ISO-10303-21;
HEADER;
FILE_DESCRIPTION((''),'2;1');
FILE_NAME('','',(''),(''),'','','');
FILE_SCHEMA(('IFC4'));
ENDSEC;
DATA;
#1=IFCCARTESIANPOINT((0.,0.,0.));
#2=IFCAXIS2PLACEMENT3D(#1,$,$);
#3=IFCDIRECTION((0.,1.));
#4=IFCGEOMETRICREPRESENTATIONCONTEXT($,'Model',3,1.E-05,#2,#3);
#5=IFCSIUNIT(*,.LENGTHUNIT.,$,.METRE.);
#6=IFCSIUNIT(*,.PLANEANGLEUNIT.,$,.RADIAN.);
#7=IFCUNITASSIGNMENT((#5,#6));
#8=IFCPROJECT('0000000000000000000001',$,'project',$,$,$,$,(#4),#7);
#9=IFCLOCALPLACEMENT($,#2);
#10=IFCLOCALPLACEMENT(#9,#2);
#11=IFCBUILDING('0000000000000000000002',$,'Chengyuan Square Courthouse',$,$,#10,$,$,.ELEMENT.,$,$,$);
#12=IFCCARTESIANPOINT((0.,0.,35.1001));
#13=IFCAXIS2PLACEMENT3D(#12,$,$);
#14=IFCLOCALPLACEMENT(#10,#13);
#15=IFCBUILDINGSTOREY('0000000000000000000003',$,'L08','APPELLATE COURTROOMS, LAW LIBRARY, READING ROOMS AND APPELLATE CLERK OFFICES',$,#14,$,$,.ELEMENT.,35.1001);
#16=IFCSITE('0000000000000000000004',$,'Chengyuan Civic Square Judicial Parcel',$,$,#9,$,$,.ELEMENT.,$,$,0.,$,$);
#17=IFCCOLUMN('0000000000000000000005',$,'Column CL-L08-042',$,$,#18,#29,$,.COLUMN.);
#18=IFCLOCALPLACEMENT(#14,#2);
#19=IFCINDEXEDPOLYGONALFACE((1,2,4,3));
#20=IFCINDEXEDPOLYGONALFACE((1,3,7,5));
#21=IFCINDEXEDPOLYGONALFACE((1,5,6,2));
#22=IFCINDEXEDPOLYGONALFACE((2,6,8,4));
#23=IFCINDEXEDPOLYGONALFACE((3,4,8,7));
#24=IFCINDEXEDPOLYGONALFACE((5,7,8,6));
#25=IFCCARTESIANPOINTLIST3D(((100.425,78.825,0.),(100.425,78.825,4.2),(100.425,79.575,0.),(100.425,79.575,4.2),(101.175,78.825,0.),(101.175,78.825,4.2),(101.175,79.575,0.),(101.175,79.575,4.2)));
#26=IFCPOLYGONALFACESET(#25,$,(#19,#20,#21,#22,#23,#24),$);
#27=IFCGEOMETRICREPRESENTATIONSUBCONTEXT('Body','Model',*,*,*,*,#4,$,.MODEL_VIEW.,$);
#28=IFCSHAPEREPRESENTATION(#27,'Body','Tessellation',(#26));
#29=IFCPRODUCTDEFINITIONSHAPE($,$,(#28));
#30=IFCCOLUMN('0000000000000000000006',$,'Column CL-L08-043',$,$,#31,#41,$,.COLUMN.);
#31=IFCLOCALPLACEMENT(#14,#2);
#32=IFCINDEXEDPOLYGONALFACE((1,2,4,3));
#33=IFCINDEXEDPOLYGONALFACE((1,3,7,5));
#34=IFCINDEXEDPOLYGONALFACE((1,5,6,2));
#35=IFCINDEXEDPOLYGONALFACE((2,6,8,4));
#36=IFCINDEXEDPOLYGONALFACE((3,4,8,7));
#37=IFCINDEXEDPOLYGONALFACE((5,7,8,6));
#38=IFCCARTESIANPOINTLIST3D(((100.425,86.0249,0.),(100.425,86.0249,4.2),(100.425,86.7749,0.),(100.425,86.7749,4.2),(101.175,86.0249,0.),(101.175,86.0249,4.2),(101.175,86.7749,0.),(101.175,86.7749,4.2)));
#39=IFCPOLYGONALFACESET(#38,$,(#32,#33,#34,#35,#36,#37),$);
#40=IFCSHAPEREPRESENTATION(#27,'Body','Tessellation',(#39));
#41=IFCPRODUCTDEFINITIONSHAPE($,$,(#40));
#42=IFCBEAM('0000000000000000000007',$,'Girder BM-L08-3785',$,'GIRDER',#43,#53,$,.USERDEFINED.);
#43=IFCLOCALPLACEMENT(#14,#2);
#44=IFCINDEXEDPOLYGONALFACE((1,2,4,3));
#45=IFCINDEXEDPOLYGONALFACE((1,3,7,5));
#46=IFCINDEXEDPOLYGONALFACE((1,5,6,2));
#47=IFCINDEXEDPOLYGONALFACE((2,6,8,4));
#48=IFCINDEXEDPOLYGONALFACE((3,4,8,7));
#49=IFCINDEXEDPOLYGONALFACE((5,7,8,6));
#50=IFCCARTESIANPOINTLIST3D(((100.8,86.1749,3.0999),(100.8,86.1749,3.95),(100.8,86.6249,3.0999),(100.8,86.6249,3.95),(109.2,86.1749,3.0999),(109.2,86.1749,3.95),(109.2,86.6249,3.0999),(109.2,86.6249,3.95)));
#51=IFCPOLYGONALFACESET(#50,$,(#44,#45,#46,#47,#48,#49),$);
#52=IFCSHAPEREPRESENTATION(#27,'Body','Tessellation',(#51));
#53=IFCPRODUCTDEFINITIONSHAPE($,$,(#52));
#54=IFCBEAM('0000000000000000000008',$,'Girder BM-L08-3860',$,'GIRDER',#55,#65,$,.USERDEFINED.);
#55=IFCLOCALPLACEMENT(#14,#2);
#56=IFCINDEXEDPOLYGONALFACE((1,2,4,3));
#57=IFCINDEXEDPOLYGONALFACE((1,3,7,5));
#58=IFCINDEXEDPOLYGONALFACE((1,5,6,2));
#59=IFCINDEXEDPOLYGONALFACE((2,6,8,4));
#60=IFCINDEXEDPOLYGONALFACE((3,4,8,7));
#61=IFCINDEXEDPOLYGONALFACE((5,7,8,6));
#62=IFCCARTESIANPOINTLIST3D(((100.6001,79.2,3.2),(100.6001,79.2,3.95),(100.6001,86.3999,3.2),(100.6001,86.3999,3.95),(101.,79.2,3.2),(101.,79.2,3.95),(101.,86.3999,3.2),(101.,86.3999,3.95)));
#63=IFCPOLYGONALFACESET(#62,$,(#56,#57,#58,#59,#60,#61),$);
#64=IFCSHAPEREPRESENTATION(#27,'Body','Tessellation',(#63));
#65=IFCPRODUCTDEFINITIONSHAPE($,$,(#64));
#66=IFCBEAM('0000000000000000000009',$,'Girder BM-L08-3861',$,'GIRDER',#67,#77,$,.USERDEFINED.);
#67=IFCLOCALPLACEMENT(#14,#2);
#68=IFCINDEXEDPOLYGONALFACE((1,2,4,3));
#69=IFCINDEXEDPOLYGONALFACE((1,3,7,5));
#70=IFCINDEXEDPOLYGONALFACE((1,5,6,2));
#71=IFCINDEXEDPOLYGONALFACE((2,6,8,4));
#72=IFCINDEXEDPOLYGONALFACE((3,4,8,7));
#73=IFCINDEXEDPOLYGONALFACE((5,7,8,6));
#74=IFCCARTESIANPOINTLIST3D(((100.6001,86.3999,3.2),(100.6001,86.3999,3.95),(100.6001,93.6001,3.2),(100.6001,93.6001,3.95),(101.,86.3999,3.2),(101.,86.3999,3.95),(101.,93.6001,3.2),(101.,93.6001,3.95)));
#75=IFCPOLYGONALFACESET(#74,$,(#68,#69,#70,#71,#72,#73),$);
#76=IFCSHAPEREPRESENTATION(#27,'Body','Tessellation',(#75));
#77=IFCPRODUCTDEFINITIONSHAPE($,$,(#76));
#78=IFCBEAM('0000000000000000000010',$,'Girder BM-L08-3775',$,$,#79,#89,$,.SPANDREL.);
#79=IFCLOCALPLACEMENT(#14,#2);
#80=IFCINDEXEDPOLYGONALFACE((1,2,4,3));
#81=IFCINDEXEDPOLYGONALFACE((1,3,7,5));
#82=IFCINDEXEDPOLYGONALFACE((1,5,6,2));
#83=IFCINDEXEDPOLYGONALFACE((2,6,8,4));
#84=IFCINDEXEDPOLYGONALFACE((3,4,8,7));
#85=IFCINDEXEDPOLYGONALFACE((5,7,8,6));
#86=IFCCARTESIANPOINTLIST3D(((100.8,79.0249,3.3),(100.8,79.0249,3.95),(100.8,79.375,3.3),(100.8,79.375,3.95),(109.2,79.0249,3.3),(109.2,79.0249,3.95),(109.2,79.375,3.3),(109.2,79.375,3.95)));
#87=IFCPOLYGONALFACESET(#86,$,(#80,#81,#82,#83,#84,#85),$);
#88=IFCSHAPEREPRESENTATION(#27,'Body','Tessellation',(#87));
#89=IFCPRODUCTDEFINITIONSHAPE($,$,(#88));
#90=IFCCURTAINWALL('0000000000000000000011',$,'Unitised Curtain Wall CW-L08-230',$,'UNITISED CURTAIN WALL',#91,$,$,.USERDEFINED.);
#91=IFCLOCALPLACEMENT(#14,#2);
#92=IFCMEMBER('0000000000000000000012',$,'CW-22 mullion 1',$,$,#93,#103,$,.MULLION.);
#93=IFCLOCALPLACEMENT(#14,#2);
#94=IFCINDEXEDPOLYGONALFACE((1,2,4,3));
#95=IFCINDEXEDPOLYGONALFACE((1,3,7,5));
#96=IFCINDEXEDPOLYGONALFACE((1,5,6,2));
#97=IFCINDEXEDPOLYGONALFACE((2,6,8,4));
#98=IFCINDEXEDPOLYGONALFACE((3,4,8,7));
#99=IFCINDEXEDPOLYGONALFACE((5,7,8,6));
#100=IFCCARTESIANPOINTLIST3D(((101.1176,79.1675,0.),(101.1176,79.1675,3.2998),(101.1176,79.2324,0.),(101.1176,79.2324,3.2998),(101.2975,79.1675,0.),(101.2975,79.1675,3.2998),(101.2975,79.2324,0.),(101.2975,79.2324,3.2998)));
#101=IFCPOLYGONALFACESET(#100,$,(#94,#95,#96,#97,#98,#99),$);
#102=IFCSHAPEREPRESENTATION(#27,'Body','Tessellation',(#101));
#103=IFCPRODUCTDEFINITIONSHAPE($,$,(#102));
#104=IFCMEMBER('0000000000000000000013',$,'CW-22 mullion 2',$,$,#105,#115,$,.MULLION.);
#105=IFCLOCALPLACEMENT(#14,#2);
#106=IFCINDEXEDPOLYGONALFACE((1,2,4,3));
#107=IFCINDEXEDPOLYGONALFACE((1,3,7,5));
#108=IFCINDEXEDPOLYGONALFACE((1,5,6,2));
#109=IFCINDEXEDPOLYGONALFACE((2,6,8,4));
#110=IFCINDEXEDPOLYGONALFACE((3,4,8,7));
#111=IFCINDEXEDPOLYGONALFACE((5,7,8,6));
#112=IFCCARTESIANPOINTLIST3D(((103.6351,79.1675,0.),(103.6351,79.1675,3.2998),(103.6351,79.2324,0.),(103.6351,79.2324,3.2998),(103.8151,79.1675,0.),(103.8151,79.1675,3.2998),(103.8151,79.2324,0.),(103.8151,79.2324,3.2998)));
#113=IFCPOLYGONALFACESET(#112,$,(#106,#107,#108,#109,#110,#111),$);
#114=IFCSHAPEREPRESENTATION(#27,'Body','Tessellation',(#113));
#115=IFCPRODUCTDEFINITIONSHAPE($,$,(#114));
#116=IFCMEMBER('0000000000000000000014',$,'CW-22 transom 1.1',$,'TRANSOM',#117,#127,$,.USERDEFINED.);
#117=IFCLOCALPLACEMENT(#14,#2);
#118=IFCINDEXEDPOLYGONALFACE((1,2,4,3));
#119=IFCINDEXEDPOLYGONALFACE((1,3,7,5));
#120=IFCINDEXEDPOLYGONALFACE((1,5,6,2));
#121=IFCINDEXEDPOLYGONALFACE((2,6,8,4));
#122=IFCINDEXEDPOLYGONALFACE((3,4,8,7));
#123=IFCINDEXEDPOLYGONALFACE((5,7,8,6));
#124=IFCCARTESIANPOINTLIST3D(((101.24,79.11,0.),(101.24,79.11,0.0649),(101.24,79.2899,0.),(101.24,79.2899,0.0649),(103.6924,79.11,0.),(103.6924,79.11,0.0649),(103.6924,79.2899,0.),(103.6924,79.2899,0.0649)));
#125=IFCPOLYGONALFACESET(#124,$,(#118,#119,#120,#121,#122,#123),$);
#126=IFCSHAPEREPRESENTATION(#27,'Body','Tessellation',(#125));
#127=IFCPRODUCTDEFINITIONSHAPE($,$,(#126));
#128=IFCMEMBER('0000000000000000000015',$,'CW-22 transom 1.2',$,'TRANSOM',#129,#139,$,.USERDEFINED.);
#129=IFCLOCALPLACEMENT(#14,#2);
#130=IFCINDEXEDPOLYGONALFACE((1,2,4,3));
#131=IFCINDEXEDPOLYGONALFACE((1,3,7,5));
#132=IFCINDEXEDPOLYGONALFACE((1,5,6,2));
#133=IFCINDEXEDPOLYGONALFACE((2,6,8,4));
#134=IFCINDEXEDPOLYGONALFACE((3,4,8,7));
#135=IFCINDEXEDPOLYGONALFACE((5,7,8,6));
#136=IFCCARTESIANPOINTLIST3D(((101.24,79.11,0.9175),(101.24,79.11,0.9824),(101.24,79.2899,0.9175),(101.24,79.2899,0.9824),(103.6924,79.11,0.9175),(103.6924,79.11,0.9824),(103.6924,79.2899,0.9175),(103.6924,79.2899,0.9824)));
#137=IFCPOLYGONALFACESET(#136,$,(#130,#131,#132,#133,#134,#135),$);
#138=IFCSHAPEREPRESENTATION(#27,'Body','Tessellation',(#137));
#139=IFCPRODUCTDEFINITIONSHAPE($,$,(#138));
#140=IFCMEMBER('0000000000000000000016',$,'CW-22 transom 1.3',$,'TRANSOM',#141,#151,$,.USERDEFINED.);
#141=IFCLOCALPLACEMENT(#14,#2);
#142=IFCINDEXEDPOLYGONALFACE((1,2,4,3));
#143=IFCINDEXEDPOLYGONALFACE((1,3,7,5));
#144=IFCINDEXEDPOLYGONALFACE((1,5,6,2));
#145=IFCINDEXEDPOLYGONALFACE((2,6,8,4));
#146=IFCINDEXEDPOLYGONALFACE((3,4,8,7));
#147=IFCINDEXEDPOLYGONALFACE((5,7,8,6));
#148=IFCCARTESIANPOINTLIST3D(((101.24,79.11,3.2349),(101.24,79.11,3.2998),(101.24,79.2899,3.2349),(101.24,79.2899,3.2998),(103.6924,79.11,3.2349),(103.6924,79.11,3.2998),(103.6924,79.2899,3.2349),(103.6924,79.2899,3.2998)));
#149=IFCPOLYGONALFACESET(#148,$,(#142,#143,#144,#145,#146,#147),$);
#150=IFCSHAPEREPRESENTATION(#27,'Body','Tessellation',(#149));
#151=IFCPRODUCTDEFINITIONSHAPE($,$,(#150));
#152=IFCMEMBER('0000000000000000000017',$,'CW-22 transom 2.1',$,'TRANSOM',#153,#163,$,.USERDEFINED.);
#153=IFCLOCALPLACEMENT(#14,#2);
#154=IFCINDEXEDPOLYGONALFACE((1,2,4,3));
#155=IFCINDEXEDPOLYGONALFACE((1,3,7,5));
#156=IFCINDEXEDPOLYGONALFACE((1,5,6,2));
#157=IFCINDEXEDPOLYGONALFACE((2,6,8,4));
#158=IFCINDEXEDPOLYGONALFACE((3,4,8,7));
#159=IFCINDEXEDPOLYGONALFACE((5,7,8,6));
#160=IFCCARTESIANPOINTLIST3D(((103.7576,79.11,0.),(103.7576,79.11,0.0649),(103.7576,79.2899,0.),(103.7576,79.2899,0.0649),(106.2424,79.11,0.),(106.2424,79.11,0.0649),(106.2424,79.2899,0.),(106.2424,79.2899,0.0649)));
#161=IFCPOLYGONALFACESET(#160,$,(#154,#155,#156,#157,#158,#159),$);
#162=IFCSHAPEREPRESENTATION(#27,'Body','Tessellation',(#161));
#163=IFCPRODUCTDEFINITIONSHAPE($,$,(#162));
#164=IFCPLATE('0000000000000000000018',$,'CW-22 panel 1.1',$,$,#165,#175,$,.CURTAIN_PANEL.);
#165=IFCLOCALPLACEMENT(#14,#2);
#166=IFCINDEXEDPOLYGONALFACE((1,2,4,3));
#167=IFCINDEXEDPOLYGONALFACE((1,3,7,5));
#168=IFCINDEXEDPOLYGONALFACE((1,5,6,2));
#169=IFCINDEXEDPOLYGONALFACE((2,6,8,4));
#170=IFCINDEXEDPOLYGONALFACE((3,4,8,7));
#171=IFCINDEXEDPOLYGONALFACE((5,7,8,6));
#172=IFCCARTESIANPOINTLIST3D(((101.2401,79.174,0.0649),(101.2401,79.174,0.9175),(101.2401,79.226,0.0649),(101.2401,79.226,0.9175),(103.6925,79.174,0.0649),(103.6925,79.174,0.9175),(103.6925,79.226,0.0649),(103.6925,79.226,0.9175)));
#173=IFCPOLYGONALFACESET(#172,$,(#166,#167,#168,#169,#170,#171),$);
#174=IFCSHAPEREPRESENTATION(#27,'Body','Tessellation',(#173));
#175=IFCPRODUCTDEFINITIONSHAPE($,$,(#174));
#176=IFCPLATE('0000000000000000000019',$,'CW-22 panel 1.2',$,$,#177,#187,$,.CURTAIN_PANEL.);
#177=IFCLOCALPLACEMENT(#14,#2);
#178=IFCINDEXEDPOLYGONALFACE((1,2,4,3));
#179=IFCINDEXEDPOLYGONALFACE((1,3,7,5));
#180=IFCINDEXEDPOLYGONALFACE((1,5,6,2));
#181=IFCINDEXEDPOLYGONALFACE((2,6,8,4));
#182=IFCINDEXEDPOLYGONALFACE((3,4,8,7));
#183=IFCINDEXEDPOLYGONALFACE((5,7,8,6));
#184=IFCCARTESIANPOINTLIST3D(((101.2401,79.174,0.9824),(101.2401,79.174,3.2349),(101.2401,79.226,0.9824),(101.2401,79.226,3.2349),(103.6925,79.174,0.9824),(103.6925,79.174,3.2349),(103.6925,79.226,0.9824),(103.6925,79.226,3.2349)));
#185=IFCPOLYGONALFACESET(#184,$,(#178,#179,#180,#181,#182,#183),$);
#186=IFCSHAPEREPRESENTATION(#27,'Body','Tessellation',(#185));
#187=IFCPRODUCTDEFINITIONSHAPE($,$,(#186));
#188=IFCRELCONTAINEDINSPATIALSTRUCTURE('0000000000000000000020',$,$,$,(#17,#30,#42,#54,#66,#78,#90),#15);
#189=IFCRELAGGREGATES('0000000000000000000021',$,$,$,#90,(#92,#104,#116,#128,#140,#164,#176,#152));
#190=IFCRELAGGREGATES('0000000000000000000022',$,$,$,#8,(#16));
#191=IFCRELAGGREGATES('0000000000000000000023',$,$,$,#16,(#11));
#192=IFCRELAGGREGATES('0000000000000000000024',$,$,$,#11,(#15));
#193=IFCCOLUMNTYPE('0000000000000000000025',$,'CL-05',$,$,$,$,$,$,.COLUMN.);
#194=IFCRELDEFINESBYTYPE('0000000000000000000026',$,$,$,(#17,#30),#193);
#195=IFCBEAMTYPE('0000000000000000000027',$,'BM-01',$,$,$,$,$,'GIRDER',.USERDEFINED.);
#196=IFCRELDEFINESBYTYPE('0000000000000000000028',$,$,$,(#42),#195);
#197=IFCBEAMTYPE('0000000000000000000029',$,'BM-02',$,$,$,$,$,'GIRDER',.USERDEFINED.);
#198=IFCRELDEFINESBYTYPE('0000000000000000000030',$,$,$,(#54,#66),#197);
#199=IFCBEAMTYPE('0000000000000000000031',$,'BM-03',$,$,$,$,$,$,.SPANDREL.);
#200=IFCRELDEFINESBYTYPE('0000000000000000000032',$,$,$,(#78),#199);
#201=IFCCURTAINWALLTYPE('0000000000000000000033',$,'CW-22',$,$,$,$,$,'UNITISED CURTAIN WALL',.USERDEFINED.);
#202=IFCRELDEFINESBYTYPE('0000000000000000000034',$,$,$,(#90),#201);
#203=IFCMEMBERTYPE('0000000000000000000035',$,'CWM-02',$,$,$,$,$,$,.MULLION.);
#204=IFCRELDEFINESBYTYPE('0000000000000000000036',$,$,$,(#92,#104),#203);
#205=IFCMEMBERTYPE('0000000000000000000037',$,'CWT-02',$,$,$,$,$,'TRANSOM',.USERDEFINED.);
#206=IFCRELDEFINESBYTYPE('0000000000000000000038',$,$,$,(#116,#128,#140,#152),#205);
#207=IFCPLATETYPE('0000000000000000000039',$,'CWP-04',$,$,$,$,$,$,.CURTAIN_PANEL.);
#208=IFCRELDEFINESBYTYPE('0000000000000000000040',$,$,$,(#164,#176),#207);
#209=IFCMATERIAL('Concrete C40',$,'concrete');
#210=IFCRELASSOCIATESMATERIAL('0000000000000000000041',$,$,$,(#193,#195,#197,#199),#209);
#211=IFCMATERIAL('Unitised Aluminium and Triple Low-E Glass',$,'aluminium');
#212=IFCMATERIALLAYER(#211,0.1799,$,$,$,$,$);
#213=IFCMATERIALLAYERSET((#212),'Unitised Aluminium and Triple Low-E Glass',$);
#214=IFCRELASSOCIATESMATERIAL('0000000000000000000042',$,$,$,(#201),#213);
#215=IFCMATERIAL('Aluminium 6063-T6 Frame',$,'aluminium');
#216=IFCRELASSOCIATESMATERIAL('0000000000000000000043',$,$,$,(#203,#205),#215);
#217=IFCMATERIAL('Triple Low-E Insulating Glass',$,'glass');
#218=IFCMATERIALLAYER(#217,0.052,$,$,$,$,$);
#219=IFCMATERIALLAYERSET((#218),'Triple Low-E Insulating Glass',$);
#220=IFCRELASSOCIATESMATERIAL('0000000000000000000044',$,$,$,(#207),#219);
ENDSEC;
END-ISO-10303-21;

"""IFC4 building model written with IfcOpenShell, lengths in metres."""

from ifc_helpers import new_model, si_unit, direction, frame, origin, origin_2d, place, context, subcontext, project, spatial, rectangle, extrude, material, layer, layer_set, material_profile, profile_set, type_object, element, aggregate, save


model = new_model("IFC4")

# Units and contexts
model_context = context("Model", 3, precision=1e-05, world=origin(), true_north=direction((0.0, 1.0)))
body_context = subcontext(model_context, "Body", "Model", "MODEL_VIEW")
ifc_project = project(units=[si_unit("LENGTHUNIT", "METRE"), si_unit("PLANEANGLEUNIT", "RADIAN")], contexts=[model_context])

# Site, building, storey
site_placement = place(None, origin())
site = spatial("IfcSite", under=ifc_project, at=site_placement, Name="Chengyuan Civic Square Judicial Parcel", CompositionType="ELEMENT", RefElevation=0.0)
building_placement = place(site_placement, origin())
building = spatial("IfcBuilding", under=site, at=building_placement, Name="Chengyuan Square Courthouse", CompositionType="ELEMENT")
storey_placement = place(building_placement, frame((0.0, 0.0, 35.1001)))
storey = spatial("IfcBuildingStorey", under=building, at=storey_placement, Name="L08", Description="APPELLATE COURTROOMS, LAW LIBRARY, READING ROOMS AND APPELLATE CLERK OFFICES", CompositionType="ELEMENT", Elevation=35.1001)

# Columns
ifc_material_1 = material(Name="Concrete C40", Category="concrete")
ifc_material_profile_1 = material_profile(ifc_material_1, rectangle(XDim=0.75, YDim=0.75, at=origin_2d()), Name="RC-COL-750x750")
ifc_profile_set_1 = profile_set([ifc_material_profile_1], Name="Concrete C40")
column_type = type_object("IfcColumnType", Name="CL-05", PredefinedType="COLUMN", material=ifc_profile_set_1)
for number, where, z_axis, x_axis, name in (
    (1, (100.8, 79.2, 0.0), (0.0, 0.0, 1.0), (1.0, 0.0, 0.0), "Column CL-L08-042"),
    (2, (100.8, 86.3999, 0.0), (0.0, 0.0, 1.0), (1.0, 0.0, 0.0), "Column CL-L08-043"),
):
    element("IfcColumn", number, at=place(storey_placement, frame(where, z_axis=z_axis, x_axis=x_axis)), inside=storey, type_object=column_type, Name=name, PredefinedType="COLUMN", context=body_context, shape_type="SweptSolid", body=[
        extrude(rectangle(XDim=0.75, YDim=0.75, at=origin_2d()), origin(), (0.0, 0.0, 1.0), 4.2),
    ])

# Beams
ifc_material_profile_2 = material_profile(ifc_material_1, rectangle(XDim=0.45, YDim=0.8501, at=origin_2d()), Name="RC-BM-450x850")
ifc_profile_set_2 = profile_set([ifc_material_profile_2], Name="Concrete C40")
beam_type_1 = type_object("IfcBeamType", Name="BM-01", ElementType="GIRDER", PredefinedType="USERDEFINED", material=ifc_profile_set_2)
beam_1_placement = place(storey_placement, frame((100.8, 86.3999, 3.5249), z_axis=(1.0, 0.0, 0.0), x_axis=(0.0, 1.0, 0.0)))
element("IfcBeam", 3, at=beam_1_placement, inside=storey, type_object=beam_type_1, Name="Girder BM-L08-3785", ObjectType="GIRDER", PredefinedType="USERDEFINED", context=body_context, shape_type="SweptSolid", body=[
    extrude(rectangle(XDim=0.45, YDim=0.8501, at=origin_2d()), origin(), (0.0, 0.0, 1.0), 8.3999),
])
ifc_material_profile_3 = material_profile(ifc_material_1, rectangle(XDim=0.3999, YDim=0.75, at=origin_2d()), Name="RC-BM-400x750")
ifc_profile_set_3 = profile_set([ifc_material_profile_3], Name="Concrete C40")
beam_type_2 = type_object("IfcBeamType", Name="BM-02", ElementType="GIRDER", PredefinedType="USERDEFINED", material=ifc_profile_set_3)
beam_2_placement = place(storey_placement, frame((100.8, 79.2, 3.575), z_axis=(0.0, 1.0, 0.0), x_axis=(-1.0, 0.0, 0.0)))
element("IfcBeam", 4, at=beam_2_placement, inside=storey, type_object=beam_type_2, Name="Girder BM-L08-3860", ObjectType="GIRDER", PredefinedType="USERDEFINED", context=body_context, shape_type="SweptSolid", body=[
    extrude(rectangle(XDim=0.3999, YDim=0.75, at=origin_2d()), origin(), (0.0, 0.0, 1.0), 7.2),
])
beam_3_placement = place(storey_placement, frame((100.8, 86.3999, 3.575), z_axis=(0.0, 1.0, 0.0), x_axis=(-1.0, 0.0, 0.0)))
element("IfcBeam", 5, at=beam_3_placement, inside=storey, type_object=beam_type_2, Name="Girder BM-L08-3861", ObjectType="GIRDER", PredefinedType="USERDEFINED", context=body_context, shape_type="SweptSolid", body=[
    extrude(rectangle(XDim=0.3999, YDim=0.75, at=origin_2d()), origin(), (0.0, 0.0, 1.0), 7.2002),
])
ifc_material_profile_4 = material_profile(ifc_material_1, rectangle(XDim=0.3501, YDim=0.6499, at=origin_2d()), Name="RC-BM-350x650")
ifc_profile_set_4 = profile_set([ifc_material_profile_4], Name="Concrete C40")
beam_type_3 = type_object("IfcBeamType", Name="BM-03", PredefinedType="SPANDREL", material=ifc_profile_set_4)
beam_4_placement = place(storey_placement, frame((100.8, 79.2, 3.625), z_axis=(1.0, 0.0, 0.0), x_axis=(0.0, 1.0, 0.0)))
element("IfcBeam", 6, at=beam_4_placement, inside=storey, type_object=beam_type_3, Name="Girder BM-L08-3775", PredefinedType="SPANDREL", context=body_context, shape_type="SweptSolid", body=[
    extrude(rectangle(XDim=0.3501, YDim=0.6499, at=origin_2d()), origin(), (0.0, 0.0, 1.0), 8.3999),
])

# Curtain wall, members, plates
ifc_material_2 = material(Name="Unitised Aluminium and Triple Low-E Glass", Category="aluminium")
ifc_layer_1 = layer(ifc_material_2, 0.1799)
ifc_layer_set_1 = layer_set([ifc_layer_1], Name="Unitised Aluminium and Triple Low-E Glass")
curtain_wall_type = type_object("IfcCurtainWallType", Name="CW-22", ElementType="UNITISED CURTAIN WALL", PredefinedType="USERDEFINED", material=ifc_layer_set_1)
curtain_wall_placement = place(storey_placement, origin())
curtain_wall = element("IfcCurtainWall", 7, at=curtain_wall_placement, inside=storey, type_object=curtain_wall_type, Name="Unitised Curtain Wall CW-L08-230", ObjectType="UNITISED CURTAIN WALL", PredefinedType="USERDEFINED")
ifc_material_3 = material(Name="Aluminium 6063-T6 Frame", Category="aluminium")
ifc_material_profile_5 = material_profile(ifc_material_3, rectangle(XDim=0.0649, YDim=0.1799, at=origin_2d()), Name="CW-MUL-65x180")
ifc_profile_set_5 = profile_set([ifc_material_profile_5], Name="Aluminium 6063-T6 Frame")
member_type_1 = type_object("IfcMemberType", Name="CWM-02", PredefinedType="MULLION", material=ifc_profile_set_5)
member_1_placement = place(storey_placement, frame((101.2075, 79.2, 0.0), z_axis=(0.0, 0.0, 1.0), x_axis=(0.0, 1.0, 0.0)))
member_1 = element("IfcMember", 8, at=member_1_placement, type_object=member_type_1, Name="CW-22 mullion 1", PredefinedType="MULLION", context=body_context, shape_type="SweptSolid", body=[
    extrude(rectangle(XDim=0.0649, YDim=0.1799, at=origin_2d()), origin(), (0.0, 0.0, 1.0), 3.2998),
])
member_2_placement = place(storey_placement, frame((103.7251, 79.2, 0.0), z_axis=(0.0, 0.0, 1.0), x_axis=(0.0, 1.0, 0.0)))
member_2 = element("IfcMember", 9, at=member_2_placement, type_object=member_type_1, Name="CW-22 mullion 2", PredefinedType="MULLION", context=body_context, shape_type="SweptSolid", body=[
    extrude(rectangle(XDim=0.0649, YDim=0.1799, at=origin_2d()), origin(), (0.0, 0.0, 1.0), 3.2998),
])
ifc_material_profile_6 = material_profile(ifc_material_3, rectangle(XDim=0.1799, YDim=0.0649, at=origin_2d()), Name="CW-TRN-65x140")
ifc_profile_set_6 = profile_set([ifc_material_profile_6], Name="Aluminium 6063-T6 Frame")
member_type_2 = type_object("IfcMemberType", Name="CWT-02", ElementType="TRANSOM", PredefinedType="USERDEFINED", material=ifc_profile_set_6)
member_3_placement = place(storey_placement, frame((101.24, 79.2, 0.0325), z_axis=(1.0, 0.0, 0.0), x_axis=(0.0, 1.0, 0.0)))
member_3 = element("IfcMember", 10, at=member_3_placement, type_object=member_type_2, Name="CW-22 transom 1.1", ObjectType="TRANSOM", PredefinedType="USERDEFINED", context=body_context, shape_type="SweptSolid", body=[
    extrude(rectangle(XDim=0.1799, YDim=0.0649, at=origin_2d()), origin(), (0.0, 0.0, 1.0), 2.4524),
])
member_4_placement = place(storey_placement, frame((101.24, 79.2, 0.95), z_axis=(1.0, 0.0, 0.0), x_axis=(0.0, 1.0, 0.0)))
member_4 = element("IfcMember", 11, at=member_4_placement, type_object=member_type_2, Name="CW-22 transom 1.2", ObjectType="TRANSOM", PredefinedType="USERDEFINED", context=body_context, shape_type="SweptSolid", body=[
    extrude(rectangle(XDim=0.1799, YDim=0.0649, at=origin_2d()), origin(), (0.0, 0.0, 1.0), 2.4524),
])
member_5_placement = place(storey_placement, frame((101.24, 79.2, 3.2673), z_axis=(1.0, 0.0, 0.0), x_axis=(0.0, 1.0, 0.0)))
member_5 = element("IfcMember", 12, at=member_5_placement, type_object=member_type_2, Name="CW-22 transom 1.3", ObjectType="TRANSOM", PredefinedType="USERDEFINED", context=body_context, shape_type="SweptSolid", body=[
    extrude(rectangle(XDim=0.1799, YDim=0.0649, at=origin_2d()), origin(), (0.0, 0.0, 1.0), 2.4524),
])
member_6_placement = place(storey_placement, frame((103.7576, 79.2, 0.0325), z_axis=(1.0, 0.0, 0.0), x_axis=(0.0, 1.0, 0.0)))
member_6 = element("IfcMember", 13, at=member_6_placement, type_object=member_type_2, Name="CW-22 transom 2.1", ObjectType="TRANSOM", PredefinedType="USERDEFINED", context=body_context, shape_type="SweptSolid", body=[
    extrude(rectangle(XDim=0.1799, YDim=0.0649, at=origin_2d()), origin(), (0.0, 0.0, 1.0), 2.4849),
])
ifc_material_4 = material(Name="Triple Low-E Insulating Glass", Category="glass")
ifc_layer_2 = layer(ifc_material_4, 0.052)
ifc_layer_set_2 = layer_set([ifc_layer_2], Name="Triple Low-E Insulating Glass")
plate_type = type_object("IfcPlateType", Name="CWP-04", PredefinedType="CURTAIN_PANEL", material=ifc_layer_set_2)
plate_1_placement = place(storey_placement, frame((102.4663, 79.2, 0.0649), z_axis=(0.0, 0.0, 1.0), x_axis=(1.0, 0.0, 0.0)))
plate_1 = element("IfcPlate", 14, at=plate_1_placement, type_object=plate_type, Name="CW-22 panel 1.1", PredefinedType="CURTAIN_PANEL", context=body_context, shape_type="SweptSolid", body=[
    extrude(rectangle(XDim=2.4524, YDim=0.052, at=origin_2d()), origin(), (0.0, 0.0, 1.0), 0.8525),
])
plate_2_placement = place(storey_placement, frame((102.4663, 79.2, 0.9824), z_axis=(0.0, 0.0, 1.0), x_axis=(1.0, 0.0, 0.0)))
plate_2 = element("IfcPlate", 15, at=plate_2_placement, type_object=plate_type, Name="CW-22 panel 1.2", PredefinedType="CURTAIN_PANEL", context=body_context, shape_type="SweptSolid", body=[
    extrude(rectangle(XDim=2.4524, YDim=0.052, at=origin_2d()), origin(), (0.0, 0.0, 1.0), 2.2524),
])
aggregate(curtain_wall, [member_1, member_2, member_3, member_4, member_5, plate_1, plate_2, member_6])

save(model, "model.ifc")
